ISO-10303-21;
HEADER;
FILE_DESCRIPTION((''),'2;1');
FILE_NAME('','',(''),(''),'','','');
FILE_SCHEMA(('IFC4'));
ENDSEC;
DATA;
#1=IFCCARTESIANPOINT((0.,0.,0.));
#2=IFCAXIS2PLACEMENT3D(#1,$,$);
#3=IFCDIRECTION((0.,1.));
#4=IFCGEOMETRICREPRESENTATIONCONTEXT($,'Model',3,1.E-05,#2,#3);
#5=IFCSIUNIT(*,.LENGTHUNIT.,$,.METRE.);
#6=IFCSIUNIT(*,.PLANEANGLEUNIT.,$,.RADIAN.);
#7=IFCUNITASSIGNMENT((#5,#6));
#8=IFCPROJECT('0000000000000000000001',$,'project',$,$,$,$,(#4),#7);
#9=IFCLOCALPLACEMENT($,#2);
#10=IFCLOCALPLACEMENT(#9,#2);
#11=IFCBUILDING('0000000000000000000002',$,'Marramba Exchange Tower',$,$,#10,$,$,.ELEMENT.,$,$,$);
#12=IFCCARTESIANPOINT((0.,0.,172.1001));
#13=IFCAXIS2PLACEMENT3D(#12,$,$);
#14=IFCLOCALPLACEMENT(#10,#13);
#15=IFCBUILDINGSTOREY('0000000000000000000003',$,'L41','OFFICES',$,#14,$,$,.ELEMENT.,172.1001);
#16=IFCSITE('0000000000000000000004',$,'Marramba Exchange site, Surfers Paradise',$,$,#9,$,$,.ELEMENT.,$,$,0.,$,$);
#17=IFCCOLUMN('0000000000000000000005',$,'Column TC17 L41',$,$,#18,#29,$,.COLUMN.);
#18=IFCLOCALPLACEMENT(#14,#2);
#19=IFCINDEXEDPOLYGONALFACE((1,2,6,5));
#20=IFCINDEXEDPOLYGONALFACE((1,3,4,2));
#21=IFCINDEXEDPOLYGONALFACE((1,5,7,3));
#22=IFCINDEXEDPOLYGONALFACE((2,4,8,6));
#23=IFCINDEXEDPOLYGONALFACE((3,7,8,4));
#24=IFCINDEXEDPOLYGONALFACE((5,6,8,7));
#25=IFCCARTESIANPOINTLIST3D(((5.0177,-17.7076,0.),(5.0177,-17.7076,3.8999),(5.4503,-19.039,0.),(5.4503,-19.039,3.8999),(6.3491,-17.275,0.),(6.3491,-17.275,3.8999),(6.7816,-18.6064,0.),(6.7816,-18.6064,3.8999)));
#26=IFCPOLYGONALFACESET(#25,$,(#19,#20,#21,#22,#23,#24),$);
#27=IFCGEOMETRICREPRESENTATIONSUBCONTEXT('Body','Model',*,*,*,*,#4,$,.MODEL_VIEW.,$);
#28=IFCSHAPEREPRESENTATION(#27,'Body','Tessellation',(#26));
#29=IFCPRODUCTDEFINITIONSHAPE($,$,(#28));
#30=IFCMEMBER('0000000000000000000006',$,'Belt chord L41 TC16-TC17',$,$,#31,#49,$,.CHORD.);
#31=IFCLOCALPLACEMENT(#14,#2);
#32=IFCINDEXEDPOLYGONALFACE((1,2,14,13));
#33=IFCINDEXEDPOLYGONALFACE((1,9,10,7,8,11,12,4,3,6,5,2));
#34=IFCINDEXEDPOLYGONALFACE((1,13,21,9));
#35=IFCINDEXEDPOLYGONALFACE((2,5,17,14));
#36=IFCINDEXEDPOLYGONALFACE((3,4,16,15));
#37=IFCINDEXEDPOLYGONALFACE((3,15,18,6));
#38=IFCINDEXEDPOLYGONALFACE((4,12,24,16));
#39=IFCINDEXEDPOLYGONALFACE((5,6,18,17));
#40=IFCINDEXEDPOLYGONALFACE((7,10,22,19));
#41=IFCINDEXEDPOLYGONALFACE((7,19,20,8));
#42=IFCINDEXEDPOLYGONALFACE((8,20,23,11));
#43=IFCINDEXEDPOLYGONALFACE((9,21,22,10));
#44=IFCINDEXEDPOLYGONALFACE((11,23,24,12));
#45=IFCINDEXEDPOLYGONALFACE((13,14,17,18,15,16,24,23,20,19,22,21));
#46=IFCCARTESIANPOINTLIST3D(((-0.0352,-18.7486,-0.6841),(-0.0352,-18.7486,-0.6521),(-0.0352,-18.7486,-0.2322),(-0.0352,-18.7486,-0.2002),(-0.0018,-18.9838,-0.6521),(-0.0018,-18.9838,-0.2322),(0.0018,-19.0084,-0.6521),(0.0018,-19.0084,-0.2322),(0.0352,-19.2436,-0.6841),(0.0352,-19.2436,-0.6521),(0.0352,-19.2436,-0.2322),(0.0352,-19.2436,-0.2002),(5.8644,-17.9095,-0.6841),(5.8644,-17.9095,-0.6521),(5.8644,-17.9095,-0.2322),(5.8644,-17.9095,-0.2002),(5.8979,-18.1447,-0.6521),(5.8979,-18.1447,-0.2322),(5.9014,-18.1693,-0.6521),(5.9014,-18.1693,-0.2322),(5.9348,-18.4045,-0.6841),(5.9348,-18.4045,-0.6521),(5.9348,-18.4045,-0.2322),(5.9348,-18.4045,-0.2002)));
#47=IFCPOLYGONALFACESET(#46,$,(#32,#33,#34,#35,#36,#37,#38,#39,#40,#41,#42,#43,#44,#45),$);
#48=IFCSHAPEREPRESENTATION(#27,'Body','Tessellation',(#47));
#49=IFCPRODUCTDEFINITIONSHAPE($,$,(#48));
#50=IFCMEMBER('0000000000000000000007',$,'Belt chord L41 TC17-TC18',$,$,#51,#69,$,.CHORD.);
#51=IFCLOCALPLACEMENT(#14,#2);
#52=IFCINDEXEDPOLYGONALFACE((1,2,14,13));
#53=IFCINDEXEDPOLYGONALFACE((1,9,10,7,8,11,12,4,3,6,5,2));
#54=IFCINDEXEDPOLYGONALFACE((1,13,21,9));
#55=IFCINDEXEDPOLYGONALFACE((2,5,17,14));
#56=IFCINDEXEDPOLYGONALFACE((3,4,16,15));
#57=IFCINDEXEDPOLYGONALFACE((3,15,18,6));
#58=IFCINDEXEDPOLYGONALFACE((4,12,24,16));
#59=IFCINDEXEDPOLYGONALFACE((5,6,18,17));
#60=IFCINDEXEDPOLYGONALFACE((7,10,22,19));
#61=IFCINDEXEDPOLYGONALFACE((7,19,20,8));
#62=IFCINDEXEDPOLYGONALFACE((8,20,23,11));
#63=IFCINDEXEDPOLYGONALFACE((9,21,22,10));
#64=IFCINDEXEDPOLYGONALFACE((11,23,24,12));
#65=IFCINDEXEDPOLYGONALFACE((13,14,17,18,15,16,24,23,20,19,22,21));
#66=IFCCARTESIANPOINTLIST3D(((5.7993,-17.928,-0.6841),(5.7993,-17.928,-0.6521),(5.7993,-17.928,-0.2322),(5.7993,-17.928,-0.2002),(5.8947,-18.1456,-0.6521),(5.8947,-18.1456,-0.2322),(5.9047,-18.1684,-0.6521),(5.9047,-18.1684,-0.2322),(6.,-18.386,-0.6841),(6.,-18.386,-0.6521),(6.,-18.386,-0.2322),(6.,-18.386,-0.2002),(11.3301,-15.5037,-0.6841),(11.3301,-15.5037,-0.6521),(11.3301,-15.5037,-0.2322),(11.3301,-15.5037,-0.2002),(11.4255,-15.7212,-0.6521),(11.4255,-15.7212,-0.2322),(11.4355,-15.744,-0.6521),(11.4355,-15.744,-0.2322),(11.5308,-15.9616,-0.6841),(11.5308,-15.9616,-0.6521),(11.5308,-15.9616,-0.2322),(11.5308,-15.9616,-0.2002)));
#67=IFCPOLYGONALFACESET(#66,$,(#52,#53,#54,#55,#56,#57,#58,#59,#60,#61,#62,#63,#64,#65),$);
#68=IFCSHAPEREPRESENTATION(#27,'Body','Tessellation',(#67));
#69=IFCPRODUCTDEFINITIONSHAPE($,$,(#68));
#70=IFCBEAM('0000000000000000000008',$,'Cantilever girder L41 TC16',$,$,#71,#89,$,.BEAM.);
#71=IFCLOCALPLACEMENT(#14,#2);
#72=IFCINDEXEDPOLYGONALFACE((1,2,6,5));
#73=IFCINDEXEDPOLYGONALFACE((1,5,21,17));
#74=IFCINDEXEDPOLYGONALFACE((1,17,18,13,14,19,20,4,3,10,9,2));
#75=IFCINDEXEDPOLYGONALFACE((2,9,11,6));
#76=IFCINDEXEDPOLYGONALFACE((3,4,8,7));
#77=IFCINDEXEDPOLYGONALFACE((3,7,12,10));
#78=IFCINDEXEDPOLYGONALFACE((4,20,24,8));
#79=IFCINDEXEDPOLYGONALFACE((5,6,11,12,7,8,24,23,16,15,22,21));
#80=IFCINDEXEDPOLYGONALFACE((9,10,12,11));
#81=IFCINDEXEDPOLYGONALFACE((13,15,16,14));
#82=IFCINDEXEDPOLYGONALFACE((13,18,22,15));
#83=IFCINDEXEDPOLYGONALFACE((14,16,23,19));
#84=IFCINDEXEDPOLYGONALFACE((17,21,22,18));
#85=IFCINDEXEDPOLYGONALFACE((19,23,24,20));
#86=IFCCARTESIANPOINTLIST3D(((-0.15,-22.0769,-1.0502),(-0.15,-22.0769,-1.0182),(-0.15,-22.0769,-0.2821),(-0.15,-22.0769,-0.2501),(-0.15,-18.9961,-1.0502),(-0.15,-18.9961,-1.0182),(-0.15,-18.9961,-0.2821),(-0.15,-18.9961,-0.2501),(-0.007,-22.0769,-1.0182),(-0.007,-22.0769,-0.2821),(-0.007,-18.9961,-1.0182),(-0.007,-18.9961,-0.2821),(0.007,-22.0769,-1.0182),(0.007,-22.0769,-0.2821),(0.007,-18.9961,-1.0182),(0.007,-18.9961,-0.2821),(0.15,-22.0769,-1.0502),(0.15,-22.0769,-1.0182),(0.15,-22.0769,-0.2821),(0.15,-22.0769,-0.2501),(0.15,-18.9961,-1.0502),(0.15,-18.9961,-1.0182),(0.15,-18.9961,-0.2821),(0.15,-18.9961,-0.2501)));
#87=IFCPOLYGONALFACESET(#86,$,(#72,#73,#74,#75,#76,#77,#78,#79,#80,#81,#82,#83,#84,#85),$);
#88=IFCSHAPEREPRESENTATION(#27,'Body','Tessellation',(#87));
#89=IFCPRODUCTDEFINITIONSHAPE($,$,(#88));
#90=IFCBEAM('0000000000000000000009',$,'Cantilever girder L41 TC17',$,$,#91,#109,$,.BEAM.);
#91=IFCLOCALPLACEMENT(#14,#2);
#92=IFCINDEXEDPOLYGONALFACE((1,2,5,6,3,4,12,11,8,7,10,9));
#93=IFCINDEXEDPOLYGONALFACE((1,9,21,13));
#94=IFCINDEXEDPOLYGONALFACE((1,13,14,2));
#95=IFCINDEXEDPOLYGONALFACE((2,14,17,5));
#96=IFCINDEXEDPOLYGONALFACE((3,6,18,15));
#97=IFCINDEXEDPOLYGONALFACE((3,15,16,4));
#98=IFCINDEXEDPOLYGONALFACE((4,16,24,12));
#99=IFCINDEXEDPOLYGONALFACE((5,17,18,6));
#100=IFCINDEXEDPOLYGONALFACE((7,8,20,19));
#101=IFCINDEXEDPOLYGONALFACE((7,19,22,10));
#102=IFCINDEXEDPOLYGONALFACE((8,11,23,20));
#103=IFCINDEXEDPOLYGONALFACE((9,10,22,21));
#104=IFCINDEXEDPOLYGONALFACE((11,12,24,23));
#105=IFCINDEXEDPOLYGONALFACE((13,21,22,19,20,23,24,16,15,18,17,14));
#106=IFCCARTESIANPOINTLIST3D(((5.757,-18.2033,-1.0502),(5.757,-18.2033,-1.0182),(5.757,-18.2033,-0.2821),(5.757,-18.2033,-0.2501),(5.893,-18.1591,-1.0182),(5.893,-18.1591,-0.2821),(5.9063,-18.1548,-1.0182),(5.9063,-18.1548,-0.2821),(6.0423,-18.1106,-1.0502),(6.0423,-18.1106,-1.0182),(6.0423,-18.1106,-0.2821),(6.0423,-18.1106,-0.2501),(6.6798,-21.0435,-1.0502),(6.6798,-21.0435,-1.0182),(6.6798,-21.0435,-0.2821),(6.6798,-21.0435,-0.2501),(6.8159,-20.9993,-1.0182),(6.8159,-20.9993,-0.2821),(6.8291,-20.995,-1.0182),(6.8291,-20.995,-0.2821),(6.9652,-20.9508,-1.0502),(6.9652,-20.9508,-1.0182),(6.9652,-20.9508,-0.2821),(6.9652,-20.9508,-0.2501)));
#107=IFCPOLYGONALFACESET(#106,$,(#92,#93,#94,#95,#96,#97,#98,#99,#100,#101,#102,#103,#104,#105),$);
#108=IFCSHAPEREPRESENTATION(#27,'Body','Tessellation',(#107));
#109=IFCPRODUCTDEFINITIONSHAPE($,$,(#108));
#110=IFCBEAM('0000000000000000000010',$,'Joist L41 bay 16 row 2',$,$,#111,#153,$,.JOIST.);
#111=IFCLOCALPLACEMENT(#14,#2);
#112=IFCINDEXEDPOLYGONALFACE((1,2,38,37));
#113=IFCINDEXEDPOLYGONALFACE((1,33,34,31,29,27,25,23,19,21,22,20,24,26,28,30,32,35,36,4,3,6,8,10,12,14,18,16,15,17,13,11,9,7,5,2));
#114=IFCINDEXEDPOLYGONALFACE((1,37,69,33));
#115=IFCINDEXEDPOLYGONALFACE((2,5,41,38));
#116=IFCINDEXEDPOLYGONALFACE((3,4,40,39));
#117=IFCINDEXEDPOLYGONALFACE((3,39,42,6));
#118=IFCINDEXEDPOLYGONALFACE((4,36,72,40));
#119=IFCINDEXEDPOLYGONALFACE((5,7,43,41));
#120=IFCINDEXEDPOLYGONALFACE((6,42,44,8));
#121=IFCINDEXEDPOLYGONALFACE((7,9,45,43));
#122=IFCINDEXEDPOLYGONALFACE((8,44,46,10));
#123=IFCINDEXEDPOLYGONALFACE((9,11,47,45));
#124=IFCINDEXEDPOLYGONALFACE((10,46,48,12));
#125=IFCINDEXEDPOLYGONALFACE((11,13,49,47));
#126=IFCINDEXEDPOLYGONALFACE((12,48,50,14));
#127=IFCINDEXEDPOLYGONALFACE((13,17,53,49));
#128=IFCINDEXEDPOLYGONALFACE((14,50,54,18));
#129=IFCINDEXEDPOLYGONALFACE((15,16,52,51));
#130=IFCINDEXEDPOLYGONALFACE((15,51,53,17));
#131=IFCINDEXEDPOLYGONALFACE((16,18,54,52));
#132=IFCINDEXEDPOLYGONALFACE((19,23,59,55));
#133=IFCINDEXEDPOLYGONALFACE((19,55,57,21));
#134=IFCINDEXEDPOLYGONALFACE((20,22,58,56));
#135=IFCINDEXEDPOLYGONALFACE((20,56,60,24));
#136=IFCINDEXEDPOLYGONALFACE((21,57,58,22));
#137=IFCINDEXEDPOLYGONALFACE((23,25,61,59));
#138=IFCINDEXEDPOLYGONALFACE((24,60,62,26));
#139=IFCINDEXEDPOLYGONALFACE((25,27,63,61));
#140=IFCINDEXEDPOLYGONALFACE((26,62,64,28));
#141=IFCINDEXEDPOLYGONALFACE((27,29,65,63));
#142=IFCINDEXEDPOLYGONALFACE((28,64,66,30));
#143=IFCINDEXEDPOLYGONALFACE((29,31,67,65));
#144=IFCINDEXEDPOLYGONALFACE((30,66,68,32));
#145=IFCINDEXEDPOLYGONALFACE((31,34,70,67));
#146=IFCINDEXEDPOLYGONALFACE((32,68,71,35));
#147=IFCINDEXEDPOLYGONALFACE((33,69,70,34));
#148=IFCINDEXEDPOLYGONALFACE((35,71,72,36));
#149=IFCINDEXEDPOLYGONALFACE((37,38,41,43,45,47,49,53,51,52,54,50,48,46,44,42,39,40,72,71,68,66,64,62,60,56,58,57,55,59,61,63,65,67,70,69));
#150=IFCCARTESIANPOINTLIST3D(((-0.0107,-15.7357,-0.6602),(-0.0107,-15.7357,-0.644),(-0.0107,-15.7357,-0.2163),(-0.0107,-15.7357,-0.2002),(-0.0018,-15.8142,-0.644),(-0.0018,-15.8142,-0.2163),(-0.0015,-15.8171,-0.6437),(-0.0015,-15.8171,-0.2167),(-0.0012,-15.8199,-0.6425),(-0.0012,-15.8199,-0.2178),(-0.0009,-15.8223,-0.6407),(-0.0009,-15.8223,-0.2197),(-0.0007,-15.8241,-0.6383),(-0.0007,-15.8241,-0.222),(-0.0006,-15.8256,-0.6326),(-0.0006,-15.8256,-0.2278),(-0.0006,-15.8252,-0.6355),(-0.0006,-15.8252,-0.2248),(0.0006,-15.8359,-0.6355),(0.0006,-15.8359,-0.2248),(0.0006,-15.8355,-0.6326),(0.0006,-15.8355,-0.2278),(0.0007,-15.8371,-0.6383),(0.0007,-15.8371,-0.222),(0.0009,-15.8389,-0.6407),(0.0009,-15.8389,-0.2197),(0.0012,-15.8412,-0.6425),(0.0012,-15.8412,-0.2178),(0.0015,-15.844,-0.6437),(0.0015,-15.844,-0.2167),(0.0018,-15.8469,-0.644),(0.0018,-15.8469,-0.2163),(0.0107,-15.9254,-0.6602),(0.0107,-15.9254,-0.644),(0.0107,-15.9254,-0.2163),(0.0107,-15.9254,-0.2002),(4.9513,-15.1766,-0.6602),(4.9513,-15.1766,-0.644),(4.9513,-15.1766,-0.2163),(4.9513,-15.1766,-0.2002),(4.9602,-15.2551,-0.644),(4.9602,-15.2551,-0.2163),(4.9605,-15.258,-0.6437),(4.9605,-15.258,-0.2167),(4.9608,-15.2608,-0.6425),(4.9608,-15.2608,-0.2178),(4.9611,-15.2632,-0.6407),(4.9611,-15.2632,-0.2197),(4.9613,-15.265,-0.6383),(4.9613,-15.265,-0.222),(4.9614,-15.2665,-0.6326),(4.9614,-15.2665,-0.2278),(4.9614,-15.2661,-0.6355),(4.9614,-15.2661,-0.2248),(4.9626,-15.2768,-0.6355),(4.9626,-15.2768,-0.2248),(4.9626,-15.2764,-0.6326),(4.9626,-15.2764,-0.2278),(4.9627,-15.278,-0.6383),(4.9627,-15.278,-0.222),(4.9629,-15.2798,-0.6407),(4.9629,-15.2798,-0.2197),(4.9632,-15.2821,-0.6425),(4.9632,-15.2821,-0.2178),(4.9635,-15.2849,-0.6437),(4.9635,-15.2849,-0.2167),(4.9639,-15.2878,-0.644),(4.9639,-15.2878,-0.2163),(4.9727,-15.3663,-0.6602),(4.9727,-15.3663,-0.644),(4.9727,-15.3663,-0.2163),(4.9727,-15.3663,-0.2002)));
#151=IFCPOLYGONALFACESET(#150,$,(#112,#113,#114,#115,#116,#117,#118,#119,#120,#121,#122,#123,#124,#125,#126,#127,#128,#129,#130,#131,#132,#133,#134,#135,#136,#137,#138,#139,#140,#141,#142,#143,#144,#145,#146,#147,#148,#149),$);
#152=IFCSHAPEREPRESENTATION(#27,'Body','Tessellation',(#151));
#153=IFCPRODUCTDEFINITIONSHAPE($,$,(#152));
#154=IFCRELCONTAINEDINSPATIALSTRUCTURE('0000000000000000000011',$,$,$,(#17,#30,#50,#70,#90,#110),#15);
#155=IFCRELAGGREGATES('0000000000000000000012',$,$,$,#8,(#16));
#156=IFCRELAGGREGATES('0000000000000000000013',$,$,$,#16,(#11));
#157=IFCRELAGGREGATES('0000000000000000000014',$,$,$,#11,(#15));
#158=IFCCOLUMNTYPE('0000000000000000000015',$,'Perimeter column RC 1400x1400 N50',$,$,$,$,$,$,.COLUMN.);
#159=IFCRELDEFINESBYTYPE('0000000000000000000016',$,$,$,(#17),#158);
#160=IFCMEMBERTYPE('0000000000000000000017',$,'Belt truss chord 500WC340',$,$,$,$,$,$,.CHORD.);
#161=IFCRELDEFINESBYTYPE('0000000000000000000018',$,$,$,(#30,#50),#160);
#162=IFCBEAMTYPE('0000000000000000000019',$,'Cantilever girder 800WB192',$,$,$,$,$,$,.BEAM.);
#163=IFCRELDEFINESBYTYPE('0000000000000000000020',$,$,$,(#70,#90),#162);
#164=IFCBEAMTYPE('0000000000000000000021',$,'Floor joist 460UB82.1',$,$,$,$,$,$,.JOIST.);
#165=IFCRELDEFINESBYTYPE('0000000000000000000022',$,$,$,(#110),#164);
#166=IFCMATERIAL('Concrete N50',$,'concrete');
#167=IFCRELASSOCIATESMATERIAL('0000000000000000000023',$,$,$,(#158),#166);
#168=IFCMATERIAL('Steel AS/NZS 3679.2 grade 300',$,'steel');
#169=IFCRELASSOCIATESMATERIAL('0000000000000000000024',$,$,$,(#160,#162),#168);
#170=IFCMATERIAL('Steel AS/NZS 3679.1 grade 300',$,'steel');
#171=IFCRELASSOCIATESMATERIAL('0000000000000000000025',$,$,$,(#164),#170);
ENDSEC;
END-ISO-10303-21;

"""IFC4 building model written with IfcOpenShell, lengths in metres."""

from ifc_helpers import new_model, si_unit, direction, frame, origin, origin_2d, place, context, subcontext, project, spatial, rectangle, i_section, extrude, material, material_profile, profile_set, type_object, element, save


model = new_model("IFC4")

# Units and contexts
model_context = context("Model", 3, precision=1e-05, world=origin(), true_north=direction((0.0, 1.0)))
body_context = subcontext(model_context, "Body", "Model", "MODEL_VIEW")
ifc_project = project(units=[si_unit("LENGTHUNIT", "METRE"), si_unit("PLANEANGLEUNIT", "RADIAN")], contexts=[model_context])

# Site, building, storey
site_placement = place(None, origin())
site = spatial("IfcSite", under=ifc_project, at=site_placement, Name="Marramba Exchange site, Surfers Paradise", CompositionType="ELEMENT", RefElevation=0.0)
building_placement = place(site_placement, origin())
building = spatial("IfcBuilding", under=site, at=building_placement, Name="Marramba Exchange Tower", CompositionType="ELEMENT")
storey_placement = place(building_placement, frame((0.0, 0.0, 172.1001)))
storey = spatial("IfcBuildingStorey", under=building, at=storey_placement, Name="L41", Description="OFFICES", CompositionType="ELEMENT", Elevation=172.1001)

# Column
ifc_material_1 = material(Name="Concrete N50", Category="concrete")
ifc_material_profile_1 = material_profile(ifc_material_1, rectangle(XDim=1.3999, YDim=1.3999, at=origin_2d()), Name="RC 1400x1400")
ifc_profile_set_1 = profile_set([ifc_material_profile_1], Name="Concrete N50")
column_type = type_object("IfcColumnType", Name="Perimeter column RC 1400x1400 N50", PredefinedType="COLUMN", material=ifc_profile_set_1)
column_placement = place(storey_placement, frame((5.8997, -18.157, 0.0), z_axis=(0.0, 0.0, 1.0), x_axis=(0.309017, -0.951057, 0.0)))
element("IfcColumn", 1, at=column_placement, inside=storey, type_object=column_type, Name="Column TC17 L41", PredefinedType="COLUMN", context=body_context, shape_type="SweptSolid", body=[
    extrude(rectangle(XDim=1.3999, YDim=1.3999, at=origin_2d()), origin(), (0.0, 0.0, 1.0), 3.8999),
])

# Members
ifc_material_2 = material(Name="Steel AS/NZS 3679.2 grade 300", Category="steel")
ifc_material_profile_2 = material_profile(ifc_material_2, i_section(OverallWidth=0.5, OverallDepth=0.4839, WebThickness=0.0249, FlangeThickness=0.032, at=origin_2d()), Name="500WC340")
ifc_profile_set_2 = profile_set([ifc_material_profile_2], Name="Steel AS/NZS 3679.2 grade 300")
member_type_1 = type_object("IfcMemberType", Name="Belt truss chord 500WC340", PredefinedType="CHORD", material=ifc_profile_set_2)
member_1_placement = place(storey_placement, frame((0.0, -18.9961, -0.4421), z_axis=(0.990036, 0.140813, 0.0), x_axis=(-0.140813, 0.990036, 0.0)))
element("IfcMember", 2, at=member_1_placement, inside=storey, type_object=member_type_1, Name="Belt chord L41 TC16-TC17", PredefinedType="CHORD", context=body_context, shape_type="SweptSolid", body=[
    extrude(i_section(OverallWidth=0.5, OverallDepth=0.4839, WebThickness=0.0249, FlangeThickness=0.032, at=origin_2d()), origin(), (0.0, 0.0, 1.0), 5.959),
])
member_2_placement = place(storey_placement, frame((5.8997, -18.157, -0.4421), z_axis=(0.915877, 0.401459, 0.0), x_axis=(-0.401459, 0.915877, 0.0)))
element("IfcMember", 3, at=member_2_placement, inside=storey, type_object=member_type_1, Name="Belt chord L41 TC17-TC18", PredefinedType="CHORD", context=body_context, shape_type="SweptSolid", body=[
    extrude(i_section(OverallWidth=0.5, OverallDepth=0.4839, WebThickness=0.0249, FlangeThickness=0.032, at=origin_2d()), origin(), (0.0, 0.0, 1.0), 6.0388),
])

# Beams
ifc_material_profile_3 = material_profile(ifc_material_2, i_section(OverallWidth=0.3, OverallDepth=0.8, WebThickness=0.0139, FlangeThickness=0.032, at=origin_2d()), Name="800WB192")
ifc_profile_set_3 = profile_set([ifc_material_profile_3], Name="Steel AS/NZS 3679.2 grade 300")
beam_type_1 = type_object("IfcBeamType", Name="Cantilever girder 800WB192", PredefinedType="BEAM", material=ifc_profile_set_3)
beam_1_placement = place(storey_placement, frame((0.0, -18.9961, -0.6501), z_axis=(0.0, -1.0, 0.0), x_axis=(1.0, 0.0, 0.0)))
element("IfcBeam", 4, at=beam_1_placement, inside=storey, type_object=beam_type_1, Name="Cantilever girder L41 TC16", PredefinedType="BEAM", context=body_context, shape_type="SweptSolid", body=[
    extrude(i_section(OverallWidth=0.3, OverallDepth=0.8, WebThickness=0.0139, FlangeThickness=0.032, at=origin_2d()), origin(), (0.0, 0.0, 1.0), 3.0808),
])
beam_2_placement = place(storey_placement, frame((5.8997, -18.157, -0.6501), z_axis=(0.309032, -0.951051, 0.0), x_axis=(0.951051, 0.309032, 0.0)))
element("IfcBeam", 5, at=beam_2_placement, inside=storey, type_object=beam_type_1, Name="Cantilever girder L41 TC17", PredefinedType="BEAM", context=body_context, shape_type="SweptSolid", body=[
    extrude(i_section(OverallWidth=0.3, OverallDepth=0.8, WebThickness=0.0139, FlangeThickness=0.032, at=origin_2d()), origin(), (0.0, 0.0, 1.0), 2.9863),
])
ifc_material_3 = material(Name="Steel AS/NZS 3679.1 grade 300", Category="steel")
ifc_material_profile_4 = material_profile(ifc_material_3, i_section(OverallWidth=0.1909, OverallDepth=0.46, WebThickness=0.01, FlangeThickness=0.0161, FilletRadius=0.0115, at=origin_2d()), Name="460UB82.1")
ifc_profile_set_4 = profile_set([ifc_material_profile_4], Name="Steel AS/NZS 3679.1 grade 300")
beam_type_2 = type_object("IfcBeamType", Name="Floor joist 460UB82.1", PredefinedType="JOIST", material=ifc_profile_set_4)
beam_3_placement = place(storey_placement, frame((0.0, -15.8306, -0.4302), z_axis=(0.993712, 0.111966, 0.0), x_axis=(-0.111966, 0.993712, 0.0)))
element("IfcBeam", 6, at=beam_3_placement, inside=storey, type_object=beam_type_2, Name="Joist L41 bay 16 row 2", PredefinedType="JOIST", context=body_context, shape_type="SweptSolid", body=[
    extrude(i_section(OverallWidth=0.1909, OverallDepth=0.46, WebThickness=0.01, FlangeThickness=0.0161, FilletRadius=0.0115, at=origin_2d()), origin(), (0.0, 0.0, 1.0), 4.9934),
])

save(model, "model.ifc")
